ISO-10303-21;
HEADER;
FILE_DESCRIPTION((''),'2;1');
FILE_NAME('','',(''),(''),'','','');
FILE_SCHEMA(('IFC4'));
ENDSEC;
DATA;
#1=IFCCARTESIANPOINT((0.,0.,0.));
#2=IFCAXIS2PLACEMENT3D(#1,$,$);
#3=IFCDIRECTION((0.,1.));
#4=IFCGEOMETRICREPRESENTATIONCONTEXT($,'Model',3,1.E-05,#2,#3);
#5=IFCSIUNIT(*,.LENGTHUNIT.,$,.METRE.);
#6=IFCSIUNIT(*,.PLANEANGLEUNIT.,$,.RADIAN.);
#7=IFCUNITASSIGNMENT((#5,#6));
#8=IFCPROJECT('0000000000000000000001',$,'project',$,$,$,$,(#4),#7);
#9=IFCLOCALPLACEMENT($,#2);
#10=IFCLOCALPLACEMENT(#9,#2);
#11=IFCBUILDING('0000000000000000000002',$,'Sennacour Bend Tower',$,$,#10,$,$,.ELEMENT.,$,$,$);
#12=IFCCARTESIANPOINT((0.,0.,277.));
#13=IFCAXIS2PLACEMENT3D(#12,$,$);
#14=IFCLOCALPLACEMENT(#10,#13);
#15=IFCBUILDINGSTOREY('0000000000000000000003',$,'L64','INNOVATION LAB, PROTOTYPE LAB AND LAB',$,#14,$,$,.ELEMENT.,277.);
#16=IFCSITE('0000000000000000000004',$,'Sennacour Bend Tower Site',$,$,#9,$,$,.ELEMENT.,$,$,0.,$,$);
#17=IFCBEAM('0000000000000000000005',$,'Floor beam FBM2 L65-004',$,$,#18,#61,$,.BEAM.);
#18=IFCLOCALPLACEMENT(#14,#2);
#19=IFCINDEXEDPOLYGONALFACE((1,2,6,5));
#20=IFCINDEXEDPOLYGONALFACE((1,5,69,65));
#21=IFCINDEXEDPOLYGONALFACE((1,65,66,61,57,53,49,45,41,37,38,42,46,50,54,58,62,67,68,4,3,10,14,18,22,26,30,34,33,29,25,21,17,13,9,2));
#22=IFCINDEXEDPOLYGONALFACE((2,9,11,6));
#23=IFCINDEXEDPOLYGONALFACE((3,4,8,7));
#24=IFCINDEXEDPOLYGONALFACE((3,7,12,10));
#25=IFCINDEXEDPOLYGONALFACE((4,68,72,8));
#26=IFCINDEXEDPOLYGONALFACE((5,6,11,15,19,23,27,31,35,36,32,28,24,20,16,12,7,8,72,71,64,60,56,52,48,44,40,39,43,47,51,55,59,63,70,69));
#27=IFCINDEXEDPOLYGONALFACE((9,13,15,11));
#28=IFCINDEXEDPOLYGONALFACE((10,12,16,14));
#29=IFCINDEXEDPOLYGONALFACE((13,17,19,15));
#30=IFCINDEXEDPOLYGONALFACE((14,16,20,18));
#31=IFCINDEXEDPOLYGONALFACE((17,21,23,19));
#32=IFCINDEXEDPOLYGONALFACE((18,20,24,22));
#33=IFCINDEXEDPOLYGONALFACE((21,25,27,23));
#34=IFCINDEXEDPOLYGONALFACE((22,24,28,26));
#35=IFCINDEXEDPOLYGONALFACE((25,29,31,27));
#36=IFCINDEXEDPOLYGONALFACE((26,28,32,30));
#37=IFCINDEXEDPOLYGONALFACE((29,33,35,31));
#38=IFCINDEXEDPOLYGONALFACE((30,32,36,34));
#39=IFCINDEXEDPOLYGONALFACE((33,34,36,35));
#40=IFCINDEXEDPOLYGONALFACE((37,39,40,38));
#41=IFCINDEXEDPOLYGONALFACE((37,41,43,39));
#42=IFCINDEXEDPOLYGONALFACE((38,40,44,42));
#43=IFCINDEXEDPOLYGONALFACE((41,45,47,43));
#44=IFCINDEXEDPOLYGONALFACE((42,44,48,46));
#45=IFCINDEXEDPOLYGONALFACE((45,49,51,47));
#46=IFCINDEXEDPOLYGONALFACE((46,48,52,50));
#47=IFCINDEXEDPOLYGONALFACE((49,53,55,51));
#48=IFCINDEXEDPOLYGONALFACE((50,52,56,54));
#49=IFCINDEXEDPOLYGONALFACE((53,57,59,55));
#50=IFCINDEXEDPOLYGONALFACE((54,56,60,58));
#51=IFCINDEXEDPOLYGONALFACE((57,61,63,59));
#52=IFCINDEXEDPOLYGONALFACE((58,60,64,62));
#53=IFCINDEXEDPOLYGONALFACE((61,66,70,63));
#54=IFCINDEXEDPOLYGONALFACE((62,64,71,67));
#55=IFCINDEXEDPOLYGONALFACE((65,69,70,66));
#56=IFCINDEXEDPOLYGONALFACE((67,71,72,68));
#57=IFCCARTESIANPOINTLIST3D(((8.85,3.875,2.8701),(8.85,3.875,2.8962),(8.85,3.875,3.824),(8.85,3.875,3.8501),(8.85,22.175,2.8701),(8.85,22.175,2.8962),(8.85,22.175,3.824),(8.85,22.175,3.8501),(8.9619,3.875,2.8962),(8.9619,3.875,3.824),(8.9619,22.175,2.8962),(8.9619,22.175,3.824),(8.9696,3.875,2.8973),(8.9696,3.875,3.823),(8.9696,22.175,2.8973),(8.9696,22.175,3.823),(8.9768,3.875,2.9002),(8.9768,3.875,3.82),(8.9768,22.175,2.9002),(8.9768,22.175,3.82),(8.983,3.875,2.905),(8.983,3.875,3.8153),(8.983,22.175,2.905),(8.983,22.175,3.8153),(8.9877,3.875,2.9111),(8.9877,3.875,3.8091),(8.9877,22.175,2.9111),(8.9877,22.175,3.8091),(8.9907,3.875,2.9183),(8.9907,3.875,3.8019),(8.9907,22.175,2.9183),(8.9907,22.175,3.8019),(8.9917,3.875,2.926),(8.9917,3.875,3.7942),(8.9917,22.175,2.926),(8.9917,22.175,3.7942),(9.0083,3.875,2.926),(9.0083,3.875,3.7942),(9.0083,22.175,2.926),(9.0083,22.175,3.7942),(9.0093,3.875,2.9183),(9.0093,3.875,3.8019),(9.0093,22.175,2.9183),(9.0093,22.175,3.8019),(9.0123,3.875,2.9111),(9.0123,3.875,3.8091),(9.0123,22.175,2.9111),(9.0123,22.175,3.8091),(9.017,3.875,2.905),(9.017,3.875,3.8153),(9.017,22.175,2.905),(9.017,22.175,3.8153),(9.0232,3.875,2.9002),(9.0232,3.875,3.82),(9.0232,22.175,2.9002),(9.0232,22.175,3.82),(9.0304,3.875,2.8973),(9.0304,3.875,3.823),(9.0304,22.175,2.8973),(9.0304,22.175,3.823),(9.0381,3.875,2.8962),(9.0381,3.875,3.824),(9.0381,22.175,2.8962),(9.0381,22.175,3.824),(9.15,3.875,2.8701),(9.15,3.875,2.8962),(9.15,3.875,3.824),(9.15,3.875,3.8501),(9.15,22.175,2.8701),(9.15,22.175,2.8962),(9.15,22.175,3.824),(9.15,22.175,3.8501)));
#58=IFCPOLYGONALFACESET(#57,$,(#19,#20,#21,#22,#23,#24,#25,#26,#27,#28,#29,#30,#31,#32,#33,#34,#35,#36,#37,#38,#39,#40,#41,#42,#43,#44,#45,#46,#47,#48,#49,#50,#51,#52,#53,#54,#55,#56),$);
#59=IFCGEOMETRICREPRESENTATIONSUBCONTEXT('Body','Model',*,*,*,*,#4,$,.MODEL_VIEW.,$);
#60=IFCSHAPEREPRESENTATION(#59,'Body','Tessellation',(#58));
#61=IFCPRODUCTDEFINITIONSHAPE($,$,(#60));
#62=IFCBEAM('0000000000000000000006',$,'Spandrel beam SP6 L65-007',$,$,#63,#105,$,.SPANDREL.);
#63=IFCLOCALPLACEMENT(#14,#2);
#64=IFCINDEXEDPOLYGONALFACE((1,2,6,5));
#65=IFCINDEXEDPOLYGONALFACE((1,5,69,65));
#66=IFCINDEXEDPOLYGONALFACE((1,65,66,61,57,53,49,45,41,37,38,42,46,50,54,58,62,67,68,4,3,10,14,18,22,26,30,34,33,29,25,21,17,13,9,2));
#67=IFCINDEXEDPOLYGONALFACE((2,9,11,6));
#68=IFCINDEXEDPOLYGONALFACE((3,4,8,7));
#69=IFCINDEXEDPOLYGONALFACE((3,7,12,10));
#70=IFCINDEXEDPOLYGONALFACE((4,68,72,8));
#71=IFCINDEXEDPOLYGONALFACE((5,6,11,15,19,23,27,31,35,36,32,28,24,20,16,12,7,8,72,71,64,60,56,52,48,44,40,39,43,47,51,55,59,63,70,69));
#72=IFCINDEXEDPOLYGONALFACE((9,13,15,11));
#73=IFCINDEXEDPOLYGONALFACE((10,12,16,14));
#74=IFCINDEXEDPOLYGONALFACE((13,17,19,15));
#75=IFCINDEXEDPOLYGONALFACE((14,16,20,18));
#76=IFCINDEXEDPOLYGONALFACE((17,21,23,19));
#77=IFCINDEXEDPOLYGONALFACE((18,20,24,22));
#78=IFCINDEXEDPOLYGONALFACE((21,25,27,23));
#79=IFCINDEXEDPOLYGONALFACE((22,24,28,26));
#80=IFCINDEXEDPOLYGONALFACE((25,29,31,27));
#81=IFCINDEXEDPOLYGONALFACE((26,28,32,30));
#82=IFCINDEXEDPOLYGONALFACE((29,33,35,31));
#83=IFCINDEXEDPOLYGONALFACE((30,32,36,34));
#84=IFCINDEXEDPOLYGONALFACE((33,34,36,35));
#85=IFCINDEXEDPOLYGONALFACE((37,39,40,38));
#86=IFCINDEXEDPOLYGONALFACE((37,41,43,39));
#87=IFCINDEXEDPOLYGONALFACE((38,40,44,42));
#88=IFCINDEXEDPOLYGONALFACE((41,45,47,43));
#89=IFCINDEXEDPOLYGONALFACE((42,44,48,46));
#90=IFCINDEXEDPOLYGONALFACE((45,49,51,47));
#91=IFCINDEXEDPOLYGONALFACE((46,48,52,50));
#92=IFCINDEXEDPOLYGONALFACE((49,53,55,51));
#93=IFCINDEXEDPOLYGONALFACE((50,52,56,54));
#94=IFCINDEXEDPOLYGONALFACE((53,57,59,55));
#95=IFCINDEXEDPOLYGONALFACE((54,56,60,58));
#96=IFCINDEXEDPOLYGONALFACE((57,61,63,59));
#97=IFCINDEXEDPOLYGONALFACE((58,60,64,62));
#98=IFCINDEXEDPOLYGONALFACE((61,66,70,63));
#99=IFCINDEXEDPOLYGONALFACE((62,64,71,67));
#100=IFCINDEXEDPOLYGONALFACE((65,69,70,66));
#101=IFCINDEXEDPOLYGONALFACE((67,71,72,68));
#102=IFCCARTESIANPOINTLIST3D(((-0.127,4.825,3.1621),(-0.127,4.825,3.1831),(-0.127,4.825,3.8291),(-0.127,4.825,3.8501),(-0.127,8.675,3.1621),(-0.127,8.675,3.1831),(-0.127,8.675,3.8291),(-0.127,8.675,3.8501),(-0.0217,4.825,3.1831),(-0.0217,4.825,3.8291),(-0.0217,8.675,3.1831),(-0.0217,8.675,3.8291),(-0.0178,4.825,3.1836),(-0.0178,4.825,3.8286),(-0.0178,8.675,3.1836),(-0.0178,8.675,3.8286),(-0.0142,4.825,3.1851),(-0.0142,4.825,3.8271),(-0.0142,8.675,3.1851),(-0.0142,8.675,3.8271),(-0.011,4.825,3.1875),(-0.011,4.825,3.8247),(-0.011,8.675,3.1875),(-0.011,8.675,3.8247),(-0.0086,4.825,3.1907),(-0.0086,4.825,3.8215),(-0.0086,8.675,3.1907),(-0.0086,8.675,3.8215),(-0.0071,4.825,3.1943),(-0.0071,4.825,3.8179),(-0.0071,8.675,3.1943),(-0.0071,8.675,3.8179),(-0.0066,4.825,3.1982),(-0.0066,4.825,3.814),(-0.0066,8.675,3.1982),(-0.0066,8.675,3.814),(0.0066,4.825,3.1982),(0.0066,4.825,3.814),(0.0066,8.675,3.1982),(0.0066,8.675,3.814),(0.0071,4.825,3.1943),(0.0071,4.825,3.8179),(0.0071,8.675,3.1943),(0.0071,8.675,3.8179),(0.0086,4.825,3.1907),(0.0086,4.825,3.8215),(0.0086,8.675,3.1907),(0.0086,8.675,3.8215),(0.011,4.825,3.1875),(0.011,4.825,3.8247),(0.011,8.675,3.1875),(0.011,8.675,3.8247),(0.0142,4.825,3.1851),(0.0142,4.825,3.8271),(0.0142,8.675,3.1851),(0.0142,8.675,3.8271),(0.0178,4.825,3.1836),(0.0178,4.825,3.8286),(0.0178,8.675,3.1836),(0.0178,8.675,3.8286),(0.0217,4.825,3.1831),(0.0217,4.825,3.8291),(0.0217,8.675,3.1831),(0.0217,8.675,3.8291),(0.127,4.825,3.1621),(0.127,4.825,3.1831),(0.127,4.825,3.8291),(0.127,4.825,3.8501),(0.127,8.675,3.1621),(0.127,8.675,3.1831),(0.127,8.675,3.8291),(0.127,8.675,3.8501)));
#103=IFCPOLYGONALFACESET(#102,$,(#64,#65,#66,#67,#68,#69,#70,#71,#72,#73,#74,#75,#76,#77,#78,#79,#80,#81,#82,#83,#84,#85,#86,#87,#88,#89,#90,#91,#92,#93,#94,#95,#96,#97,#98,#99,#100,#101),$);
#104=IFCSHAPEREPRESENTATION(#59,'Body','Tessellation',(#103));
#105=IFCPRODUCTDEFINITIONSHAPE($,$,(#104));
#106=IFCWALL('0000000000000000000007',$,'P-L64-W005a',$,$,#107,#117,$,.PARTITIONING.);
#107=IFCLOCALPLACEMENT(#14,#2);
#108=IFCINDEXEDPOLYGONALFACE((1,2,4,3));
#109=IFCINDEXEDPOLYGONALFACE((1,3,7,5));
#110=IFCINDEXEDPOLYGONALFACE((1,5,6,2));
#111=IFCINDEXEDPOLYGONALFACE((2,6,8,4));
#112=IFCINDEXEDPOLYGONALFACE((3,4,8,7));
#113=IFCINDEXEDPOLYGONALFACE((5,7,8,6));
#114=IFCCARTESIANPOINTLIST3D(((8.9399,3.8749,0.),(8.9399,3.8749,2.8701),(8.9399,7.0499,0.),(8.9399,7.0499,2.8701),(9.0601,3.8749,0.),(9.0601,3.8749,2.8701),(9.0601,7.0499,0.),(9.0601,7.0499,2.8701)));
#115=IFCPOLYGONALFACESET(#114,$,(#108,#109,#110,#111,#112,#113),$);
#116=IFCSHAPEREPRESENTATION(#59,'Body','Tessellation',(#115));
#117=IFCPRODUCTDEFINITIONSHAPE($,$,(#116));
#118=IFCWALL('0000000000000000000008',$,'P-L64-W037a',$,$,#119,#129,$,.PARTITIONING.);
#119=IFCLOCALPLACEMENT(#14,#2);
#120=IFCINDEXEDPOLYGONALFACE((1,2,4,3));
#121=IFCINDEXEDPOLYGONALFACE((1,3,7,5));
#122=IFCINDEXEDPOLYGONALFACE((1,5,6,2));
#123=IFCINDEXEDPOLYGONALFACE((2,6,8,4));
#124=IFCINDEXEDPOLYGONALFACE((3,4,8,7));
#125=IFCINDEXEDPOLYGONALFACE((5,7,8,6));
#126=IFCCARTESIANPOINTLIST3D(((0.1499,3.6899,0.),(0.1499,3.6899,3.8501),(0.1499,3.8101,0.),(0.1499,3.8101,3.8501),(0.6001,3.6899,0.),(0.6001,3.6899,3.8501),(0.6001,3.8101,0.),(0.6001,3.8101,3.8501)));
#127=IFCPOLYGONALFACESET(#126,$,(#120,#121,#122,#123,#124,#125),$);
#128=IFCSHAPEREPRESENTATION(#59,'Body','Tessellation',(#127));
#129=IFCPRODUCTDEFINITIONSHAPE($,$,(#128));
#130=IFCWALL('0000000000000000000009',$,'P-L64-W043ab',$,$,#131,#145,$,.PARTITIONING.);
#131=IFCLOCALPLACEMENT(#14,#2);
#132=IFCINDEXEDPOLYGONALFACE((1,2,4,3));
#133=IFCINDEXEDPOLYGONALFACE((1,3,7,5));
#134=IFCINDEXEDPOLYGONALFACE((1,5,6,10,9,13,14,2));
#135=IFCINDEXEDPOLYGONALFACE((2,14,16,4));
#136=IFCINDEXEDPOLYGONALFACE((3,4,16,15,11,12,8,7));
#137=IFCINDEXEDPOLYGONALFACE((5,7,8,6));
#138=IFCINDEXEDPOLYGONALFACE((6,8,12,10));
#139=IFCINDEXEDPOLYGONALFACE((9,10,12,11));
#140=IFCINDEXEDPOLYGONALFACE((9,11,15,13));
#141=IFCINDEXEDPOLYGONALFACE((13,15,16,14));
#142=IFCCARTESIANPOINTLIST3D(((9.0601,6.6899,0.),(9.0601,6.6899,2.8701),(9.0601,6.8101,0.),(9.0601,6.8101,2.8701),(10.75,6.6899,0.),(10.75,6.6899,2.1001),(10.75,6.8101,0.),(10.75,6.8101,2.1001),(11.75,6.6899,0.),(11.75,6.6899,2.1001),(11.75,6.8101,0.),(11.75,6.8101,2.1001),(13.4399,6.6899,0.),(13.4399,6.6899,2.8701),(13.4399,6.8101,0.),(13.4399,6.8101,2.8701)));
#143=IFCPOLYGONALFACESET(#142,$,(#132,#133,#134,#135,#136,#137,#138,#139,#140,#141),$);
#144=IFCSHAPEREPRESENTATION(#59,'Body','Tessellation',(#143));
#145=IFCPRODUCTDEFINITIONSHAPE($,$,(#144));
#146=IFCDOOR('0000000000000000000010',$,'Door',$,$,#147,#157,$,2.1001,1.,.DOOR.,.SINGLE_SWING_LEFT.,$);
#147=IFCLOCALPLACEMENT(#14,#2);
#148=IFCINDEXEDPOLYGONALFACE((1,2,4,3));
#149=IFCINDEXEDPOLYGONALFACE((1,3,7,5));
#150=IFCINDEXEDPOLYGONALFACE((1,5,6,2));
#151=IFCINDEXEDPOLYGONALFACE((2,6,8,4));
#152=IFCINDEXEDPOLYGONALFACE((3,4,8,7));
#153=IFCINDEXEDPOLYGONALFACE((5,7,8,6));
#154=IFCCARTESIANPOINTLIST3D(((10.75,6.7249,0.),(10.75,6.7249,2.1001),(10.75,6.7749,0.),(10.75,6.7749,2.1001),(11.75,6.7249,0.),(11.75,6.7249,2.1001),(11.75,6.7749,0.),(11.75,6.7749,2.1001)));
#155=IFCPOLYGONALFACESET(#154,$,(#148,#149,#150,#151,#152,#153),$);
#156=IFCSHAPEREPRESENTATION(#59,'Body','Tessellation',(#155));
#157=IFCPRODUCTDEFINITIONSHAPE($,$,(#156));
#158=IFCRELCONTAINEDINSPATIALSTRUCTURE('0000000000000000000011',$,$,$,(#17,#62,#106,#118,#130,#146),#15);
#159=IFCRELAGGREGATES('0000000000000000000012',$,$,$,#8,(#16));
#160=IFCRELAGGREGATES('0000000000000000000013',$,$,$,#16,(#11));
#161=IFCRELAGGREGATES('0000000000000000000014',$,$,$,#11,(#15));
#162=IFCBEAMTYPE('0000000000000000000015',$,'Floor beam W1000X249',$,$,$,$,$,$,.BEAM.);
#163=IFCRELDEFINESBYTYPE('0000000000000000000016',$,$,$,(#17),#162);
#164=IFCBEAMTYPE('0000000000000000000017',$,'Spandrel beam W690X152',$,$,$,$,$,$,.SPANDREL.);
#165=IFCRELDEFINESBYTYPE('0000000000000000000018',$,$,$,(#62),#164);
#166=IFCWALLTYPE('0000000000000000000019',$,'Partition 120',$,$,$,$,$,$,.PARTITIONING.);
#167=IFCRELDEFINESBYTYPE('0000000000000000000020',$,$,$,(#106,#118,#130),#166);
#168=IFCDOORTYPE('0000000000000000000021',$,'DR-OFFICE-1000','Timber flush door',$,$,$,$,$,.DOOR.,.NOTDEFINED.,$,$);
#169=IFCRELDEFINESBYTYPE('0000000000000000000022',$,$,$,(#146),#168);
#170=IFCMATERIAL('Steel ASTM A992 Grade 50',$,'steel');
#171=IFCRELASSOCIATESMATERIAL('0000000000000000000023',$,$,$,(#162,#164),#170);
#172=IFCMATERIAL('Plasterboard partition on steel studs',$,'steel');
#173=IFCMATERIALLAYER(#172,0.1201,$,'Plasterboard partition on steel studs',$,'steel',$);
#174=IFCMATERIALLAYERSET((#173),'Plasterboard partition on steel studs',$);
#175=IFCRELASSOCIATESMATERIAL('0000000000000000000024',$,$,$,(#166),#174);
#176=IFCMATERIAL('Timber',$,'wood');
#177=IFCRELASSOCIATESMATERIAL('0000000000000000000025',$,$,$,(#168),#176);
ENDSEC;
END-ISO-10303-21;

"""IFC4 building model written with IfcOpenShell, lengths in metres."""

from ifc_helpers import new_model, si_unit, direction, frame, frame_2d, origin, origin_2d, place, context, subcontext, project, spatial, rectangle, i_section, extrude, material, layer, layer_set, material_profile, profile_set, type_object, element, fill, save


model = new_model("IFC4")

# Units and contexts
model_context = context("Model", 3, precision=1e-05, world=origin(), true_north=direction((0.0, 1.0)))
body_context = subcontext(model_context, "Body", "Model", "MODEL_VIEW")
ifc_project = project(units=[si_unit("LENGTHUNIT", "METRE"), si_unit("PLANEANGLEUNIT", "RADIAN")], contexts=[model_context])

# Site, building, storey
site_placement = place(None, origin())
site = spatial("IfcSite", under=ifc_project, at=site_placement, Name="Sennacour Bend Tower Site", CompositionType="ELEMENT", RefElevation=0.0)
building_placement = place(site_placement, origin())
building = spatial("IfcBuilding", under=site, at=building_placement, Name="Sennacour Bend Tower", CompositionType="ELEMENT")
storey_placement = place(building_placement, frame((0.0, 0.0, 277.0)))
storey = spatial("IfcBuildingStorey", under=building, at=storey_placement, Name="L64", Description="INNOVATION LAB, PROTOTYPE LAB AND LAB", CompositionType="ELEMENT", Elevation=277.0)

# Beams
ifc_material_1 = material(Name="Steel ASTM A992 Grade 50", Category="steel")
ifc_material_profile_1 = material_profile(ifc_material_1, i_section(OverallWidth=0.3, OverallDepth=0.98, WebThickness=0.0166, FlangeThickness=0.0261, FilletRadius=0.0298, at=origin_2d()), Name="Steel ASTM A992 Grade 50", Category="steel")
ifc_profile_set_1 = profile_set([ifc_material_profile_1], Name="Steel ASTM A992 Grade 50")
beam_type_1 = type_object("IfcBeamType", Name="Floor beam W1000X249", PredefinedType="BEAM", material=ifc_profile_set_1)
beam_1_placement = place(storey_placement, frame((9.0, 3.875, 3.3601), z_axis=(0.0, 1.0, 0.0), x_axis=(-1.0, 0.0, 0.0)))
element("IfcBeam", 1, at=beam_1_placement, inside=storey, type_object=beam_type_1, Name="Floor beam FBM2 L65-004", PredefinedType="BEAM", context=body_context, shape_type="SweptSolid", body=[
    extrude(i_section(OverallWidth=0.3, OverallDepth=0.98, WebThickness=0.0166, FlangeThickness=0.0261, FilletRadius=0.0298, at=origin_2d()), origin(), (0.0, 0.0, 1.0), 18.3),
])
ifc_material_profile_2 = material_profile(ifc_material_1, i_section(OverallWidth=0.2539, OverallDepth=0.688, WebThickness=0.0132, FlangeThickness=0.021, FilletRadius=0.0151, at=origin_2d()), Name="Steel ASTM A992 Grade 50", Category="steel")
ifc_profile_set_2 = profile_set([ifc_material_profile_2], Name="Steel ASTM A992 Grade 50")
beam_type_2 = type_object("IfcBeamType", Name="Spandrel beam W690X152", PredefinedType="SPANDREL", material=ifc_profile_set_2)
beam_2_placement = place(storey_placement, frame((0.0, 4.825, 3.5061), z_axis=(0.0, 1.0, 0.0), x_axis=(-1.0, 0.0, 0.0)))
element("IfcBeam", 2, at=beam_2_placement, inside=storey, type_object=beam_type_2, Name="Spandrel beam SP6 L65-007", PredefinedType="SPANDREL", context=body_context, shape_type="SweptSolid", body=[
    extrude(i_section(OverallWidth=0.2539, OverallDepth=0.688, WebThickness=0.0132, FlangeThickness=0.021, FilletRadius=0.0151, at=origin_2d()), origin(), (0.0, 0.0, 1.0), 3.8501),
])

# Walls
ifc_material_2 = material(Name="Plasterboard partition on steel studs", Category="steel")
ifc_layer_1 = layer(ifc_material_2, 0.1201, Name="Plasterboard partition on steel studs", Category="steel")
ifc_layer_set_1 = layer_set([ifc_layer_1], Name="Plasterboard partition on steel studs")
wall_type_1 = type_object("IfcWallType", Name="Partition 120", PredefinedType="PARTITIONING", material=ifc_layer_set_1)
wall_1_placement = place(storey_placement, frame((9.0, 3.875, 0.0), z_axis=(0.0, 0.0, 1.0), x_axis=(0.0, 1.0, 0.0)))
element("IfcWall", 3, at=wall_1_placement, inside=storey, type_object=wall_type_1, Name="P-L64-W005a", PredefinedType="PARTITIONING", context=body_context, shape_type="SweptSolid", body=[
    extrude(rectangle(XDim=3.175, YDim=0.1201, at=frame_2d((1.5874, 0.0))), origin(), (0.0, 0.0, 1.0), 2.8701),
])
wall_2_placement = place(storey_placement, frame((0.1499, 3.75, 0.0), z_axis=(0.0, 0.0, 1.0), x_axis=(1.0, 0.0, 0.0)))
element("IfcWall", 4, at=wall_2_placement, inside=storey, type_object=wall_type_1, Name="P-L64-W037a", PredefinedType="PARTITIONING", context=body_context, shape_type="SweptSolid", body=[
    extrude(rectangle(XDim=0.4502, YDim=0.1201, at=frame_2d((0.2251, 0.0))), origin(), (0.0, 0.0, 1.0), 3.8501),
])

# Wall, opening, door
wall_3_placement = place(storey_placement, frame((9.0601, 6.75, 0.0), z_axis=(0.0, 0.0, 1.0), x_axis=(1.0, 0.0, 0.0)))
wall_3 = element("IfcWall", 5, at=wall_3_placement, inside=storey, type_object=wall_type_1, Name="P-L64-W043ab", PredefinedType="PARTITIONING", context=body_context, shape_type="SweptSolid", body=[
    extrude(rectangle(XDim=4.3799, YDim=0.1201, at=frame_2d((2.1899, 0.0))), origin(), (0.0, 0.0, 1.0), 2.8701),
])
opening_1_placement = place(wall_3_placement, frame((1.6899, 0.0, 0.0)))
opening_1 = element("IfcOpeningElement", 6, at=opening_1_placement, cuts=wall_3, PredefinedType="OPENING", context=body_context, shape_type="SweptSolid", body=[
    extrude(rectangle(XDim=1.0, YDim=2.1001, at=frame_2d((0.5, 1.05))), frame((0.0, 0.0701, 0.0), z_axis=(0.0, -1.0, 0.0), x_axis=(1.0, 0.0, 0.0)), (0.0, 0.0, 1.0), 0.1401),
])
ifc_material_3 = material(Name="Timber", Category="wood")
door_type_1 = type_object("IfcDoorType", Name="DR-OFFICE-1000", Description="Timber flush door", OperationType="NOTDEFINED", PredefinedType="DOOR", material=ifc_material_3)
door_1_placement = place(opening_1_placement, origin())
door_1 = element("IfcDoor", 7, at=door_1_placement, inside=storey, type_object=door_type_1, Name="Door", OperationType="SINGLE_SWING_LEFT", OverallHeight=2.1001, OverallWidth=1.0, PredefinedType="DOOR", context=body_context, shape_type="SweptSolid", body=[
    extrude(rectangle(XDim=1.0, YDim=2.1001, at=frame_2d((0.5, 1.05))), frame((0.0, 0.0249, 0.0), z_axis=(0.0, -1.0, 0.0), x_axis=(1.0, 0.0, 0.0)), (0.0, 0.0, 1.0), 0.05),
])
fill(opening_1, door_1)

save(model, "model.ifc")
